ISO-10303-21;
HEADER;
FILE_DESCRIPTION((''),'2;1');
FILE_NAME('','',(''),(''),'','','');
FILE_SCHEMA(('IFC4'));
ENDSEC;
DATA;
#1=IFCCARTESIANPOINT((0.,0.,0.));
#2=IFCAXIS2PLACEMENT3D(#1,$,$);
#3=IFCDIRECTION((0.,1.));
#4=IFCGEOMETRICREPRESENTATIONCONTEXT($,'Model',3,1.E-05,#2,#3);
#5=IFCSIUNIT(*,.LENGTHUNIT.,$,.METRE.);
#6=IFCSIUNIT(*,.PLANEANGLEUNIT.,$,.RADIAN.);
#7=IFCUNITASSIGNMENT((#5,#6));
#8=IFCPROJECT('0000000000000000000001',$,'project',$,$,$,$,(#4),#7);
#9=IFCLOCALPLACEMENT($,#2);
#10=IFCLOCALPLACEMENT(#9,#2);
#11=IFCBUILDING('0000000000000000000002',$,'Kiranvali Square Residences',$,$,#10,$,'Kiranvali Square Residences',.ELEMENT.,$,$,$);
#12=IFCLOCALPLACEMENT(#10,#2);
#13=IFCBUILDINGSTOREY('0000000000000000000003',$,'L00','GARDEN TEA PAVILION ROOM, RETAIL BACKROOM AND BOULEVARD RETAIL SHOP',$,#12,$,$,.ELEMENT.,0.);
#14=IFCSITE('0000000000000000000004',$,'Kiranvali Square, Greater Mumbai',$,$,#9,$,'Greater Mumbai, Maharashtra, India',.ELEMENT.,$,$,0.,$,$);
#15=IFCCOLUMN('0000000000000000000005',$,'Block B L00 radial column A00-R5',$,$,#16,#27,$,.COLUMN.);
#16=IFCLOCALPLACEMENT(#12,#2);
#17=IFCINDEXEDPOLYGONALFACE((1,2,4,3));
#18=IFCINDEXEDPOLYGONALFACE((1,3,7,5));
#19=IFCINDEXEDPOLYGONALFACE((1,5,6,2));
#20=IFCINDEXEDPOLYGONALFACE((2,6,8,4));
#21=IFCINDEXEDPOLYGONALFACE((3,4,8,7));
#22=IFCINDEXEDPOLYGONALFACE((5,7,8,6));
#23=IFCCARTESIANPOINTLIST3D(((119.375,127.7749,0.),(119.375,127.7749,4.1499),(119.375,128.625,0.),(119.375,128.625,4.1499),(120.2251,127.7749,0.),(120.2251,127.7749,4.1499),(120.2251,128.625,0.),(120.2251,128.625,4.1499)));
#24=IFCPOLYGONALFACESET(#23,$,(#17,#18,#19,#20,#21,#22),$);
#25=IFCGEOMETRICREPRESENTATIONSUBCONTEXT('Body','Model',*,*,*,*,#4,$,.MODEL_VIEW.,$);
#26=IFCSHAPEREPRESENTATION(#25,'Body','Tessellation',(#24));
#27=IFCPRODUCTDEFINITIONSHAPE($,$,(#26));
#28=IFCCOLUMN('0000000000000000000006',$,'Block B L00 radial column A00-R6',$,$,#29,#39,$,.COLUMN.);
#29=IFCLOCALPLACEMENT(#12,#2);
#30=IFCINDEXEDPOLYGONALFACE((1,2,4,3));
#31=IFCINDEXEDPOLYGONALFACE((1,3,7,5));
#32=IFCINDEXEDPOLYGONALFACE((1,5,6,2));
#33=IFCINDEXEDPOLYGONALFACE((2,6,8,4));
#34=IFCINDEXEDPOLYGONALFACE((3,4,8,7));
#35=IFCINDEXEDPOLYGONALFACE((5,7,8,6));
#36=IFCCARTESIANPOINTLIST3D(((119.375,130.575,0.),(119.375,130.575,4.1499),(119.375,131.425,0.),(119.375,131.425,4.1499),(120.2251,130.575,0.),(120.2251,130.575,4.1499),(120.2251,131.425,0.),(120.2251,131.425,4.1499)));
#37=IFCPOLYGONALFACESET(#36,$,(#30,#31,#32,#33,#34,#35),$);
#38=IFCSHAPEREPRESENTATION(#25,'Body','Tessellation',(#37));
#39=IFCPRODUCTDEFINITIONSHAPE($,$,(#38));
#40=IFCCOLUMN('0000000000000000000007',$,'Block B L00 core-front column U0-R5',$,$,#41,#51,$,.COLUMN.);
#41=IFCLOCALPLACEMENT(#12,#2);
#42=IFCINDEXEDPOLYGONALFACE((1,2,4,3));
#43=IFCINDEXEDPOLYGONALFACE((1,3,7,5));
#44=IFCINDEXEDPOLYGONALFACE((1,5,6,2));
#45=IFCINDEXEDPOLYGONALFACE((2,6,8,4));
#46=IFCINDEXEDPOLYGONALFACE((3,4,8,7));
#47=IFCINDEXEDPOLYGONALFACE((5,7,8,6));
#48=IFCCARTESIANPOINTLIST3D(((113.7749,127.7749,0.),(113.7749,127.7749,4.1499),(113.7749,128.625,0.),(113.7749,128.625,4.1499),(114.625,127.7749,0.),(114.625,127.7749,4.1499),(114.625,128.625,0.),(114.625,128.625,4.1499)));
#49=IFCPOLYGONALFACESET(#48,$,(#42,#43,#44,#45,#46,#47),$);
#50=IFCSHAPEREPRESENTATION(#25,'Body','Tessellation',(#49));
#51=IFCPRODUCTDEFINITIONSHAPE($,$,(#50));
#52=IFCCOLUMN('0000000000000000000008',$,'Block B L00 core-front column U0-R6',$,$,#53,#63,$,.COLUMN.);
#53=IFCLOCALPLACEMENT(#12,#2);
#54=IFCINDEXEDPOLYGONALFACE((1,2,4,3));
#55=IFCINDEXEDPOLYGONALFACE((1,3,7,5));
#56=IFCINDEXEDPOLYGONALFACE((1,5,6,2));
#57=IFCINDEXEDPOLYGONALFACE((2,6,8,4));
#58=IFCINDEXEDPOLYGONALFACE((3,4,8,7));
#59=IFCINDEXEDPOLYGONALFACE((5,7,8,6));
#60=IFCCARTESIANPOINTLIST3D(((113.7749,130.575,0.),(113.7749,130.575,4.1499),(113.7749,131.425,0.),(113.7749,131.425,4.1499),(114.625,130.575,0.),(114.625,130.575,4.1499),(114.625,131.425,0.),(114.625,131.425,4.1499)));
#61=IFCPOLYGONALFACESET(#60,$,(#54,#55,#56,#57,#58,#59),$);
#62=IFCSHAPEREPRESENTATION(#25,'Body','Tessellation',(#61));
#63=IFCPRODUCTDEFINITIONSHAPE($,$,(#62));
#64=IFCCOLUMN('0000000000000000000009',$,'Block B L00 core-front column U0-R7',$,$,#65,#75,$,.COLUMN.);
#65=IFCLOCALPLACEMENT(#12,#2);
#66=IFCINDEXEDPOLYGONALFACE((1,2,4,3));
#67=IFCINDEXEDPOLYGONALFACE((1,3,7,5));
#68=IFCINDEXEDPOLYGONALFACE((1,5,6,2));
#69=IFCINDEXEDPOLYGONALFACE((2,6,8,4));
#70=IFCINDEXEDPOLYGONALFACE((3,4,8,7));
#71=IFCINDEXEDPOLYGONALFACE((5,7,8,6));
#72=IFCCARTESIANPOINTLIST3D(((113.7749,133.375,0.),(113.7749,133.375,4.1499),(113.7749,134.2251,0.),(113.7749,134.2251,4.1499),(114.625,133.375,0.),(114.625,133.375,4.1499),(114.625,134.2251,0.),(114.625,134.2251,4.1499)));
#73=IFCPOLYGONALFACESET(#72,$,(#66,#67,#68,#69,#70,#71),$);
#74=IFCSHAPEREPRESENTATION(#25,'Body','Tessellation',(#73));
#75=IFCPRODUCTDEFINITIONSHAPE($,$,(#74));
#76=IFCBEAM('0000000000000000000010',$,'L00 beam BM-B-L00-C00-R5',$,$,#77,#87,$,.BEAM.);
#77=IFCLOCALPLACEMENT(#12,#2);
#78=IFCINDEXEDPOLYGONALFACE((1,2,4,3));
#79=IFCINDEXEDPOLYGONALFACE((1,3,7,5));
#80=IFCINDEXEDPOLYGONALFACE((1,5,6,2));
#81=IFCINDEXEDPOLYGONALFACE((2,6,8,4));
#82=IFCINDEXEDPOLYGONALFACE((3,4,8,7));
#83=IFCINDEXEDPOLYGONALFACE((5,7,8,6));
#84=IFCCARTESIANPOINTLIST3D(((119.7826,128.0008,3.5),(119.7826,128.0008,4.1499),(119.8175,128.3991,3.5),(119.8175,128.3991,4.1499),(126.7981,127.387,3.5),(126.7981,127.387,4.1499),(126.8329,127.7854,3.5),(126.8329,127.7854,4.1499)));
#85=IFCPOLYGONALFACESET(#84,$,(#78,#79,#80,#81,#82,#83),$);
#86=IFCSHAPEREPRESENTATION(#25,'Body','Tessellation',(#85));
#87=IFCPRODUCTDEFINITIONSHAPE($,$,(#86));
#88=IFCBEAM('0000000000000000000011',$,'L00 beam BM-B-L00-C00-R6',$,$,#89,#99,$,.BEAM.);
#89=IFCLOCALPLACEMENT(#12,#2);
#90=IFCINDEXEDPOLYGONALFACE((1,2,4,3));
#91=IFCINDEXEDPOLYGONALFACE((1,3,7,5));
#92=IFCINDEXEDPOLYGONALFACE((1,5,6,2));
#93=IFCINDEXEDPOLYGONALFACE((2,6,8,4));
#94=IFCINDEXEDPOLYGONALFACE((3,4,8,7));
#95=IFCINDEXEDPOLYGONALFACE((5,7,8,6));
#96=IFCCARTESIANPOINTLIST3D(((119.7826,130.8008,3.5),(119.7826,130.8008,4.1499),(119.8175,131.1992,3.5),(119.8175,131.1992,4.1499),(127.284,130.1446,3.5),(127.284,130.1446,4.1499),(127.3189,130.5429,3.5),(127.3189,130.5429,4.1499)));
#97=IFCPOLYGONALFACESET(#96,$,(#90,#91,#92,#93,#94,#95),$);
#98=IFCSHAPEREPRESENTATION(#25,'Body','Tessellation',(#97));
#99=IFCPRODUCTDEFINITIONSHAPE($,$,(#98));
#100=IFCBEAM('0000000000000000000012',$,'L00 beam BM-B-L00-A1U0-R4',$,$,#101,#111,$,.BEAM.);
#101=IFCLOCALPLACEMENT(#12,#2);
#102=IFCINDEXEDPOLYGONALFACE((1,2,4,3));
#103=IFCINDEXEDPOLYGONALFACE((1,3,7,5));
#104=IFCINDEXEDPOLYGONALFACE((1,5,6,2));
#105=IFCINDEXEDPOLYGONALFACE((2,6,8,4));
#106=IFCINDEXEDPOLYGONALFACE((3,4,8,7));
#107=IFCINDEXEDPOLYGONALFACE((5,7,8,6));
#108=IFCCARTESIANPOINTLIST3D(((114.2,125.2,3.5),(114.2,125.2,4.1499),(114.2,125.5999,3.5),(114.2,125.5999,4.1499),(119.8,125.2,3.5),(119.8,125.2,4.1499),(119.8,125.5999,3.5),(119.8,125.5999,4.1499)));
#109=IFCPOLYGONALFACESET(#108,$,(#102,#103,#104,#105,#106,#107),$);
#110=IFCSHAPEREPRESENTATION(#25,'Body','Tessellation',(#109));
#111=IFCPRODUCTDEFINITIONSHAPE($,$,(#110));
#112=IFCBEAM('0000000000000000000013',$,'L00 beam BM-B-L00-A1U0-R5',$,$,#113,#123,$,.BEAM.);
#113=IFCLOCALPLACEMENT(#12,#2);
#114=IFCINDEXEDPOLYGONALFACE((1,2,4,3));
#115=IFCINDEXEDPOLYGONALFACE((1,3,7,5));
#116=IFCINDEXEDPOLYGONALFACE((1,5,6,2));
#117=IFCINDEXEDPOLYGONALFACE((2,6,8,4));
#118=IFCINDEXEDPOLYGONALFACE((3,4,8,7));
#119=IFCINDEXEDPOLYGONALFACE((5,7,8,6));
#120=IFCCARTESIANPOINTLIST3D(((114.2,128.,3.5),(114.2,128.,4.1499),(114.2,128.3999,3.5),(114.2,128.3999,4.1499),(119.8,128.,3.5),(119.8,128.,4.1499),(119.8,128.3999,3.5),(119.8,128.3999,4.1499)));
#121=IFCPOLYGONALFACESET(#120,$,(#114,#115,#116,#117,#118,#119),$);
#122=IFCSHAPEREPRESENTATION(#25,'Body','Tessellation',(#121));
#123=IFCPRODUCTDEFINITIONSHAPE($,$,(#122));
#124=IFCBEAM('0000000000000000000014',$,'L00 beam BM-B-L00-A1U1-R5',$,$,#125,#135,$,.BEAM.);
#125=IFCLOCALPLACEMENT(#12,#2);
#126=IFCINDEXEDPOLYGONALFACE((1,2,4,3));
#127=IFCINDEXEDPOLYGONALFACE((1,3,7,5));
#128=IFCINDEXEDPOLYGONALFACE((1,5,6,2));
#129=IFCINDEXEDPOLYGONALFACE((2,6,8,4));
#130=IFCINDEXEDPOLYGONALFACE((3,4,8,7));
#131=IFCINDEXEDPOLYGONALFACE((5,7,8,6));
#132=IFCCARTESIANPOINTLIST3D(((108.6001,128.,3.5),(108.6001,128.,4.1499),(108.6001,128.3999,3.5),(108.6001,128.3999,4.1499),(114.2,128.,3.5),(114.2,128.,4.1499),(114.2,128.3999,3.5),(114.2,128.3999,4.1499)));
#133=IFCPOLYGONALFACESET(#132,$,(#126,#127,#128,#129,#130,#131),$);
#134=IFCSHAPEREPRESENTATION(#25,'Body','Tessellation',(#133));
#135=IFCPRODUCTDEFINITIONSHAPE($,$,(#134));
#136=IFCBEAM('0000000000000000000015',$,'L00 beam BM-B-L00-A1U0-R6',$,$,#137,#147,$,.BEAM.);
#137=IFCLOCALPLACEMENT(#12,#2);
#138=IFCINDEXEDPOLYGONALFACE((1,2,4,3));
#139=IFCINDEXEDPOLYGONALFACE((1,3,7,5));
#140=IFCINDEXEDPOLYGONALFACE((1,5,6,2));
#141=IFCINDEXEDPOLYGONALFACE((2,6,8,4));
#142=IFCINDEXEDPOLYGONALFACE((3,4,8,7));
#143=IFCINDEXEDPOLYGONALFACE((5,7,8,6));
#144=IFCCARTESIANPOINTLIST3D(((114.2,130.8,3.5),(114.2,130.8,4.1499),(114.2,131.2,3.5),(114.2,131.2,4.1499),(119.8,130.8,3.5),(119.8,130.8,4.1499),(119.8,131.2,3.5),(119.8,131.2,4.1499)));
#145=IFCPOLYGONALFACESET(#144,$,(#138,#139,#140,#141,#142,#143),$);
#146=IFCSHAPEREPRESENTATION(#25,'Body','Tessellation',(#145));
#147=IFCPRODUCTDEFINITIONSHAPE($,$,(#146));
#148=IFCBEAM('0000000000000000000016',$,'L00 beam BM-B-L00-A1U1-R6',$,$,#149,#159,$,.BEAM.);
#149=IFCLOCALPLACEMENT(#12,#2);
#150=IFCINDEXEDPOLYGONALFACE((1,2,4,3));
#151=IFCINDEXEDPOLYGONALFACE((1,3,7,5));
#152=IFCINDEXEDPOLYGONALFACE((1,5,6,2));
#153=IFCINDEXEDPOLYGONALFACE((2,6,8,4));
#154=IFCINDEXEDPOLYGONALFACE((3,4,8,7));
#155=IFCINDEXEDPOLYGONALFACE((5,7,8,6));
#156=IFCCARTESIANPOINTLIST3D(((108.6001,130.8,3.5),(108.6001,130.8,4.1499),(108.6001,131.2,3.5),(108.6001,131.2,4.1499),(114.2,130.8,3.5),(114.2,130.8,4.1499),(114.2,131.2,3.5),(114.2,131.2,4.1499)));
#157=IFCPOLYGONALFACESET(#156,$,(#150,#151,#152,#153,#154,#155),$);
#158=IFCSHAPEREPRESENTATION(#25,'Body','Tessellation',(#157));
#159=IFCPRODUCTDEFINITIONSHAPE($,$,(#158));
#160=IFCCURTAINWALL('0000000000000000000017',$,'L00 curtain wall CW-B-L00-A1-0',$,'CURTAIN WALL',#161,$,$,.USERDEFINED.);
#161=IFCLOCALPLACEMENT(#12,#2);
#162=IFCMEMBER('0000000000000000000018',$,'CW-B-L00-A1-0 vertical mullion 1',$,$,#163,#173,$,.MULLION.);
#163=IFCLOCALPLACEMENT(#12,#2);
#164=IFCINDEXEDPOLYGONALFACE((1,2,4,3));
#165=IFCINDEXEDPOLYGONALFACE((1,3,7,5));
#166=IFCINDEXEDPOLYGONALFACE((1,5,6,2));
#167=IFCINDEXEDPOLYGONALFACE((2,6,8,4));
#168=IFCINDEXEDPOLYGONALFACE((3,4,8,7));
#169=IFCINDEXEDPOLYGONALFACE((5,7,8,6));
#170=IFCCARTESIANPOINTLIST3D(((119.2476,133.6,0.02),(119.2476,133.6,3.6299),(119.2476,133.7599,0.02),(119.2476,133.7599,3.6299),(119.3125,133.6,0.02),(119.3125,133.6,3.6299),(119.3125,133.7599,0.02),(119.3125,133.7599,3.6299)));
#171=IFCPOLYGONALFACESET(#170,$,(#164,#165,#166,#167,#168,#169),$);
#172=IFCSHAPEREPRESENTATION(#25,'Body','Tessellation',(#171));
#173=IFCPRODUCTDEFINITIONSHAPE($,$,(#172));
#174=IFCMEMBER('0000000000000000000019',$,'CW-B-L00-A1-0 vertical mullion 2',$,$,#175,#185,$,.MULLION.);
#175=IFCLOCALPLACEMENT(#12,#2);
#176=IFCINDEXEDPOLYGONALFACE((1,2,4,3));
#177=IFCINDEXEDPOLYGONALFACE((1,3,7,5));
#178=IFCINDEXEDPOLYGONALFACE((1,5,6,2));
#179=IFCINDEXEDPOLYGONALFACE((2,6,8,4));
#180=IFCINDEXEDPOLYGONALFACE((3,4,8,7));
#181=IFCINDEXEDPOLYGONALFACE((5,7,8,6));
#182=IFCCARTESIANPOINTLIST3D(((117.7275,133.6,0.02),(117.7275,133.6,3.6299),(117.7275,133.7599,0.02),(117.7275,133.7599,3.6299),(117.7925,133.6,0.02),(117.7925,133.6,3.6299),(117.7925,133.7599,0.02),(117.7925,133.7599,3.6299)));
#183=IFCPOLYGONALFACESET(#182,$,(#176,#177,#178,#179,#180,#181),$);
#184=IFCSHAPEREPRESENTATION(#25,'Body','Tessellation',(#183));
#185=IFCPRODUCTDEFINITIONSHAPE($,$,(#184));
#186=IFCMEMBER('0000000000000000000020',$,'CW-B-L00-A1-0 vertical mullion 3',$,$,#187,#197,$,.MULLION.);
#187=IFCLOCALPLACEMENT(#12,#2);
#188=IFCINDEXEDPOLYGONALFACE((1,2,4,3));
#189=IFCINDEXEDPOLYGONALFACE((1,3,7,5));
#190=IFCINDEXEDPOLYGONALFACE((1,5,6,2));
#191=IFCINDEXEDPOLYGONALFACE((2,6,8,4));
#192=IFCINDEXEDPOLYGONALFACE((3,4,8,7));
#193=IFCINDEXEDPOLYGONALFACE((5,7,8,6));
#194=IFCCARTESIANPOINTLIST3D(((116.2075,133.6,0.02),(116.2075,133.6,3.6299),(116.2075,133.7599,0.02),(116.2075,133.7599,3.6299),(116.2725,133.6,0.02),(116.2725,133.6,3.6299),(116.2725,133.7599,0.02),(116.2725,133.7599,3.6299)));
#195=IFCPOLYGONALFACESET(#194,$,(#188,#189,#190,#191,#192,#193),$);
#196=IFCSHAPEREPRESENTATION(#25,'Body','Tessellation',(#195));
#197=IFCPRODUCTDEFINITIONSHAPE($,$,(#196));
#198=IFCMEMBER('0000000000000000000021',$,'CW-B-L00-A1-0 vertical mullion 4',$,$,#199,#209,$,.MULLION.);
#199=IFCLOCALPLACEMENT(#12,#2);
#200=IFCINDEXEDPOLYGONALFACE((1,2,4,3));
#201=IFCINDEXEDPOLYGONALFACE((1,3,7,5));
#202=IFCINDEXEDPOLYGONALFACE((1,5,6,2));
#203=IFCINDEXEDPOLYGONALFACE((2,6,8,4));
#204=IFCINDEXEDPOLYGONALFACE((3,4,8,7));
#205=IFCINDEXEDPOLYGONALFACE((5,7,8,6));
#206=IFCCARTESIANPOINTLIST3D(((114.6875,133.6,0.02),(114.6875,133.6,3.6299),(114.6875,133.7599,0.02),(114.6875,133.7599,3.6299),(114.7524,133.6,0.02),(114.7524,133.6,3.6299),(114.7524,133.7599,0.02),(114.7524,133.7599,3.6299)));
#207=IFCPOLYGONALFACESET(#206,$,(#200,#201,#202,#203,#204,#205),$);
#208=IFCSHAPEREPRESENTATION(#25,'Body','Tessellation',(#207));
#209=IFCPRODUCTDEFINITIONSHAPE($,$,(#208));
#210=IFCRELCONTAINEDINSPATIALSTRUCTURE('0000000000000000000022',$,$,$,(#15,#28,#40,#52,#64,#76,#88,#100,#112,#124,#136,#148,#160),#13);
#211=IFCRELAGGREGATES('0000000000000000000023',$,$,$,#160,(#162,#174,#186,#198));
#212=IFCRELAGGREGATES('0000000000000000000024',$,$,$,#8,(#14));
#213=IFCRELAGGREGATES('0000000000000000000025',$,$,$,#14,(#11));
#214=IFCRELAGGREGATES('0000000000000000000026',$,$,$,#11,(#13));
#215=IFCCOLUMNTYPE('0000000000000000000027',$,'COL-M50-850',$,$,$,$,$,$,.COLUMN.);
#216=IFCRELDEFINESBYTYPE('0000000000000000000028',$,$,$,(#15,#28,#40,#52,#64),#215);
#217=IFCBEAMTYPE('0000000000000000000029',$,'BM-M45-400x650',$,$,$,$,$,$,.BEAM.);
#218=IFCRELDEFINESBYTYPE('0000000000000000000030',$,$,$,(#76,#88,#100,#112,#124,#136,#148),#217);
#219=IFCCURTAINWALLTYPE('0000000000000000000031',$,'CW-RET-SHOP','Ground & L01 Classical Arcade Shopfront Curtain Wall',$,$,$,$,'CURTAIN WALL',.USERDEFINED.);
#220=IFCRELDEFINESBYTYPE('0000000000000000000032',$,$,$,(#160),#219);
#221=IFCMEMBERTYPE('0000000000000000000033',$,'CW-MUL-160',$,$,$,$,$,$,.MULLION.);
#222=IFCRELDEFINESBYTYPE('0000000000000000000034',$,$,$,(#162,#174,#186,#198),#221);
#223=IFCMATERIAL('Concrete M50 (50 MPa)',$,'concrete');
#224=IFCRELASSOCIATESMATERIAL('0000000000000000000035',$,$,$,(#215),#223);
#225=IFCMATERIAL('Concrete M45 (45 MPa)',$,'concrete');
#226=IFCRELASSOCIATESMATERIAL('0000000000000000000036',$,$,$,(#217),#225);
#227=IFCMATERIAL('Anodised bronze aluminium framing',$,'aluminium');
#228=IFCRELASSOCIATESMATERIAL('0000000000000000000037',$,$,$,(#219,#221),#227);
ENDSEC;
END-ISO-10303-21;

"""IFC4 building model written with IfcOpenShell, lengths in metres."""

from ifc_helpers import new_model, si_unit, direction, frame, origin, origin_2d, place, context, subcontext, project, spatial, rectangle, extrude, material, material_profile, profile_set, type_object, element, aggregate, save


model = new_model("IFC4")

# Units and contexts
model_context = context("Model", 3, precision=1e-05, world=origin(), true_north=direction((0.0, 1.0)))
body_context = subcontext(model_context, "Body", "Model", "MODEL_VIEW")
ifc_project = project(units=[si_unit("LENGTHUNIT", "METRE"), si_unit("PLANEANGLEUNIT", "RADIAN")], contexts=[model_context])

# Site, building, storey
site_placement = place(None, origin())
site = spatial("IfcSite", under=ifc_project, at=site_placement, Name="Kiranvali Square, Greater Mumbai", LongName="Greater Mumbai, Maharashtra, India", CompositionType="ELEMENT", RefElevation=0.0)
building_placement = place(site_placement, origin())
building = spatial("IfcBuilding", under=site, at=building_placement, Name="Kiranvali Square Residences", LongName="Kiranvali Square Residences", CompositionType="ELEMENT")
storey_placement = place(building_placement, origin())
storey = spatial("IfcBuildingStorey", under=building, at=storey_placement, Name="L00", Description="GARDEN TEA PAVILION ROOM, RETAIL BACKROOM AND BOULEVARD RETAIL SHOP", CompositionType="ELEMENT", Elevation=0.0)

# Columns
ifc_material_1 = material(Name="Concrete M50 (50 MPa)", Category="concrete")
ifc_material_profile_1 = material_profile(ifc_material_1, rectangle(XDim=0.8501, YDim=0.8501, at=origin_2d()), Name="RC 850x850")
ifc_profile_set_1 = profile_set([ifc_material_profile_1], Name="Concrete M50 (50 MPa)")
column_type = type_object("IfcColumnType", Name="COL-M50-850", PredefinedType="COLUMN", material=ifc_profile_set_1)
for number, where, z_axis, x_axis, name in (
    (1, (119.8, 128.2, 0.0), (0.0, 0.0, 1.0), (1.0, 0.0, 0.0), "Block B L00 radial column A00-R5"),
    (2, (119.8, 131.0, 0.0), (0.0, 0.0, 1.0), (1.0, 0.0, 0.0), "Block B L00 radial column A00-R6"),
    (3, (114.2, 128.2, 0.0), (0.0, 0.0, 1.0), (1.0, 0.0, 0.0), "Block B L00 core-front column U0-R5"),
    (4, (114.2, 131.0, 0.0), (0.0, 0.0, 1.0), (1.0, 0.0, 0.0), "Block B L00 core-front column U0-R6"),
    (5, (114.2, 133.8, 0.0), (0.0, 0.0, 1.0), (1.0, 0.0, 0.0), "Block B L00 core-front column U0-R7"),
):
    element("IfcColumn", number, at=place(storey_placement, frame(where, z_axis=z_axis, x_axis=x_axis)), inside=storey, type_object=column_type, Name=name, PredefinedType="COLUMN", context=body_context, shape_type="SweptSolid", body=[
        extrude(rectangle(XDim=0.8501, YDim=0.8501, at=origin_2d()), origin(), (0.0, 0.0, 1.0), 4.1499),
    ])

# Beams
ifc_material_2 = material(Name="Concrete M45 (45 MPa)", Category="concrete")
ifc_material_profile_2 = material_profile(ifc_material_2, rectangle(XDim=0.3999, YDim=0.6499, at=origin_2d()), Name="RC 400x650")
ifc_profile_set_2 = profile_set([ifc_material_profile_2], Name="Concrete M45 (45 MPa)")
beam_type_1 = type_object("IfcBeamType", Name="BM-M45-400x650", PredefinedType="BEAM", material=ifc_profile_set_2)
beam_1_placement = place(storey_placement, frame((119.8, 128.2, 3.825), z_axis=(0.996195, -0.087156, 0.0), x_axis=(0.087156, 0.996195, 0.0)))
element("IfcBeam", 6, at=beam_1_placement, inside=storey, type_object=beam_type_1, Name="L00 beam BM-B-L00-C00-R5", PredefinedType="BEAM", context=body_context, shape_type="SweptSolid", body=[
    extrude(rectangle(XDim=0.3999, YDim=0.6499, at=origin_2d()), origin(), (0.0, 0.0, 1.0), 7.0422),
])
beam_2_placement = place(storey_placement, frame((119.8, 131.0, 3.825), z_axis=(0.996195, -0.08715, 0.0), x_axis=(0.08715, 0.996195, 0.0)))
element("IfcBeam", 7, at=beam_2_placement, inside=storey, type_object=beam_type_1, Name="L00 beam BM-B-L00-C00-R6", PredefinedType="BEAM", context=body_context, shape_type="SweptSolid", body=[
    extrude(rectangle(XDim=0.3999, YDim=0.6499, at=origin_2d()), origin(), (0.0, 0.0, 1.0), 7.53),
])
for number, where, z_axis, x_axis, name in (
    (8, (119.8, 125.3999, 3.825), (-1.0, 0.0, 0.0), (0.0, -1.0, 0.0), "L00 beam BM-B-L00-A1U0-R4"),
    (9, (119.8, 128.2, 3.825), (-1.0, 0.0, 0.0), (0.0, -1.0, 0.0), "L00 beam BM-B-L00-A1U0-R5"),
):
    element("IfcBeam", number, at=place(storey_placement, frame(where, z_axis=z_axis, x_axis=x_axis)), inside=storey, type_object=beam_type_1, Name=name, PredefinedType="BEAM", context=body_context, shape_type="SweptSolid", body=[
        extrude(rectangle(XDim=0.3999, YDim=0.6499, at=origin_2d()), origin(), (0.0, 0.0, 1.0), 5.6001),
    ])
beam_3_placement = place(storey_placement, frame((114.2, 128.2, 3.825), z_axis=(-1.0, 0.0, 0.0), x_axis=(0.0, -1.0, 0.0)))
element("IfcBeam", 10, at=beam_3_placement, inside=storey, type_object=beam_type_1, Name="L00 beam BM-B-L00-A1U1-R5", PredefinedType="BEAM", context=body_context, shape_type="SweptSolid", body=[
    extrude(rectangle(XDim=0.3999, YDim=0.6499, at=origin_2d()), origin(), (0.0, 0.0, 1.0), 5.5999),
])
beam_4_placement = place(storey_placement, frame((119.8, 131.0, 3.825), z_axis=(-1.0, 0.0, 0.0), x_axis=(0.0, -1.0, 0.0)))
element("IfcBeam", 11, at=beam_4_placement, inside=storey, type_object=beam_type_1, Name="L00 beam BM-B-L00-A1U0-R6", PredefinedType="BEAM", context=body_context, shape_type="SweptSolid", body=[
    extrude(rectangle(XDim=0.3999, YDim=0.6499, at=origin_2d()), origin(), (0.0, 0.0, 1.0), 5.6001),
])
beam_5_placement = place(storey_placement, frame((114.2, 131.0, 3.825), z_axis=(-1.0, 0.0, 0.0), x_axis=(0.0, -1.0, 0.0)))
element("IfcBeam", 12, at=beam_5_placement, inside=storey, type_object=beam_type_1, Name="L00 beam BM-B-L00-A1U1-R6", PredefinedType="BEAM", context=body_context, shape_type="SweptSolid", body=[
    extrude(rectangle(XDim=0.3999, YDim=0.6499, at=origin_2d()), origin(), (0.0, 0.0, 1.0), 5.5999),
])

# Curtain wall, members
ifc_material_3 = material(Name="Anodised bronze aluminium framing", Category="aluminium")
curtain_wall_type = type_object("IfcCurtainWallType", Name="CW-RET-SHOP", Description="Ground & L01 Classical Arcade Shopfront Curtain Wall", ElementType="CURTAIN WALL", PredefinedType="USERDEFINED", material=ifc_material_3)
curtain_wall_1_placement = place(storey_placement, origin())
curtain_wall_1 = element("IfcCurtainWall", 13, at=curtain_wall_1_placement, inside=storey, type_object=curtain_wall_type, Name="L00 curtain wall CW-B-L00-A1-0", ObjectType="CURTAIN WALL", PredefinedType="USERDEFINED")
ifc_material_profile_3 = material_profile(ifc_material_3, rectangle(XDim=0.0649, YDim=0.1599, at=origin_2d()), Name="ALU 65x160")
ifc_profile_set_3 = profile_set([ifc_material_profile_3], Name="Anodised bronze aluminium framing")
member_type_1 = type_object("IfcMemberType", Name="CW-MUL-160", PredefinedType="MULLION", material=ifc_profile_set_3)
member_1_placement = place(storey_placement, frame((119.28, 133.6799, 0.02), z_axis=(0.0, 0.0, 1.0), x_axis=(-1.0, 0.0, 0.0)))
member_1 = element("IfcMember", 14, at=member_1_placement, type_object=member_type_1, Name="CW-B-L00-A1-0 vertical mullion 1", PredefinedType="MULLION", context=body_context, shape_type="SweptSolid", body=[
    extrude(rectangle(XDim=0.0649, YDim=0.1599, at=origin_2d()), origin(), (0.0, 0.0, 1.0), 3.6099),
])
member_2_placement = place(storey_placement, frame((117.76, 133.6799, 0.02), z_axis=(0.0, 0.0, 1.0), x_axis=(-1.0, 0.0, 0.0)))
member_2 = element("IfcMember", 15, at=member_2_placement, type_object=member_type_1, Name="CW-B-L00-A1-0 vertical mullion 2", PredefinedType="MULLION", context=body_context, shape_type="SweptSolid", body=[
    extrude(rectangle(XDim=0.0649, YDim=0.1599, at=origin_2d()), origin(), (0.0, 0.0, 1.0), 3.6099),
])
member_3_placement = place(storey_placement, frame((116.24, 133.6799, 0.02), z_axis=(0.0, 0.0, 1.0), x_axis=(-1.0, 0.0, 0.0)))
member_3 = element("IfcMember", 16, at=member_3_placement, type_object=member_type_1, Name="CW-B-L00-A1-0 vertical mullion 3", PredefinedType="MULLION", context=body_context, shape_type="SweptSolid", body=[
    extrude(rectangle(XDim=0.0649, YDim=0.1599, at=origin_2d()), origin(), (0.0, 0.0, 1.0), 3.6099),
])
member_4_placement = place(storey_placement, frame((114.72, 133.6799, 0.02), z_axis=(0.0, 0.0, 1.0), x_axis=(-1.0, 0.0, 0.0)))
member_4 = element("IfcMember", 17, at=member_4_placement, type_object=member_type_1, Name="CW-B-L00-A1-0 vertical mullion 4", PredefinedType="MULLION", context=body_context, shape_type="SweptSolid", body=[
    extrude(rectangle(XDim=0.0649, YDim=0.1599, at=origin_2d()), origin(), (0.0, 0.0, 1.0), 3.6099),
])

aggregate(curtain_wall_1, [member_1, member_2, member_3, member_4])

save(model, "model.ifc")
